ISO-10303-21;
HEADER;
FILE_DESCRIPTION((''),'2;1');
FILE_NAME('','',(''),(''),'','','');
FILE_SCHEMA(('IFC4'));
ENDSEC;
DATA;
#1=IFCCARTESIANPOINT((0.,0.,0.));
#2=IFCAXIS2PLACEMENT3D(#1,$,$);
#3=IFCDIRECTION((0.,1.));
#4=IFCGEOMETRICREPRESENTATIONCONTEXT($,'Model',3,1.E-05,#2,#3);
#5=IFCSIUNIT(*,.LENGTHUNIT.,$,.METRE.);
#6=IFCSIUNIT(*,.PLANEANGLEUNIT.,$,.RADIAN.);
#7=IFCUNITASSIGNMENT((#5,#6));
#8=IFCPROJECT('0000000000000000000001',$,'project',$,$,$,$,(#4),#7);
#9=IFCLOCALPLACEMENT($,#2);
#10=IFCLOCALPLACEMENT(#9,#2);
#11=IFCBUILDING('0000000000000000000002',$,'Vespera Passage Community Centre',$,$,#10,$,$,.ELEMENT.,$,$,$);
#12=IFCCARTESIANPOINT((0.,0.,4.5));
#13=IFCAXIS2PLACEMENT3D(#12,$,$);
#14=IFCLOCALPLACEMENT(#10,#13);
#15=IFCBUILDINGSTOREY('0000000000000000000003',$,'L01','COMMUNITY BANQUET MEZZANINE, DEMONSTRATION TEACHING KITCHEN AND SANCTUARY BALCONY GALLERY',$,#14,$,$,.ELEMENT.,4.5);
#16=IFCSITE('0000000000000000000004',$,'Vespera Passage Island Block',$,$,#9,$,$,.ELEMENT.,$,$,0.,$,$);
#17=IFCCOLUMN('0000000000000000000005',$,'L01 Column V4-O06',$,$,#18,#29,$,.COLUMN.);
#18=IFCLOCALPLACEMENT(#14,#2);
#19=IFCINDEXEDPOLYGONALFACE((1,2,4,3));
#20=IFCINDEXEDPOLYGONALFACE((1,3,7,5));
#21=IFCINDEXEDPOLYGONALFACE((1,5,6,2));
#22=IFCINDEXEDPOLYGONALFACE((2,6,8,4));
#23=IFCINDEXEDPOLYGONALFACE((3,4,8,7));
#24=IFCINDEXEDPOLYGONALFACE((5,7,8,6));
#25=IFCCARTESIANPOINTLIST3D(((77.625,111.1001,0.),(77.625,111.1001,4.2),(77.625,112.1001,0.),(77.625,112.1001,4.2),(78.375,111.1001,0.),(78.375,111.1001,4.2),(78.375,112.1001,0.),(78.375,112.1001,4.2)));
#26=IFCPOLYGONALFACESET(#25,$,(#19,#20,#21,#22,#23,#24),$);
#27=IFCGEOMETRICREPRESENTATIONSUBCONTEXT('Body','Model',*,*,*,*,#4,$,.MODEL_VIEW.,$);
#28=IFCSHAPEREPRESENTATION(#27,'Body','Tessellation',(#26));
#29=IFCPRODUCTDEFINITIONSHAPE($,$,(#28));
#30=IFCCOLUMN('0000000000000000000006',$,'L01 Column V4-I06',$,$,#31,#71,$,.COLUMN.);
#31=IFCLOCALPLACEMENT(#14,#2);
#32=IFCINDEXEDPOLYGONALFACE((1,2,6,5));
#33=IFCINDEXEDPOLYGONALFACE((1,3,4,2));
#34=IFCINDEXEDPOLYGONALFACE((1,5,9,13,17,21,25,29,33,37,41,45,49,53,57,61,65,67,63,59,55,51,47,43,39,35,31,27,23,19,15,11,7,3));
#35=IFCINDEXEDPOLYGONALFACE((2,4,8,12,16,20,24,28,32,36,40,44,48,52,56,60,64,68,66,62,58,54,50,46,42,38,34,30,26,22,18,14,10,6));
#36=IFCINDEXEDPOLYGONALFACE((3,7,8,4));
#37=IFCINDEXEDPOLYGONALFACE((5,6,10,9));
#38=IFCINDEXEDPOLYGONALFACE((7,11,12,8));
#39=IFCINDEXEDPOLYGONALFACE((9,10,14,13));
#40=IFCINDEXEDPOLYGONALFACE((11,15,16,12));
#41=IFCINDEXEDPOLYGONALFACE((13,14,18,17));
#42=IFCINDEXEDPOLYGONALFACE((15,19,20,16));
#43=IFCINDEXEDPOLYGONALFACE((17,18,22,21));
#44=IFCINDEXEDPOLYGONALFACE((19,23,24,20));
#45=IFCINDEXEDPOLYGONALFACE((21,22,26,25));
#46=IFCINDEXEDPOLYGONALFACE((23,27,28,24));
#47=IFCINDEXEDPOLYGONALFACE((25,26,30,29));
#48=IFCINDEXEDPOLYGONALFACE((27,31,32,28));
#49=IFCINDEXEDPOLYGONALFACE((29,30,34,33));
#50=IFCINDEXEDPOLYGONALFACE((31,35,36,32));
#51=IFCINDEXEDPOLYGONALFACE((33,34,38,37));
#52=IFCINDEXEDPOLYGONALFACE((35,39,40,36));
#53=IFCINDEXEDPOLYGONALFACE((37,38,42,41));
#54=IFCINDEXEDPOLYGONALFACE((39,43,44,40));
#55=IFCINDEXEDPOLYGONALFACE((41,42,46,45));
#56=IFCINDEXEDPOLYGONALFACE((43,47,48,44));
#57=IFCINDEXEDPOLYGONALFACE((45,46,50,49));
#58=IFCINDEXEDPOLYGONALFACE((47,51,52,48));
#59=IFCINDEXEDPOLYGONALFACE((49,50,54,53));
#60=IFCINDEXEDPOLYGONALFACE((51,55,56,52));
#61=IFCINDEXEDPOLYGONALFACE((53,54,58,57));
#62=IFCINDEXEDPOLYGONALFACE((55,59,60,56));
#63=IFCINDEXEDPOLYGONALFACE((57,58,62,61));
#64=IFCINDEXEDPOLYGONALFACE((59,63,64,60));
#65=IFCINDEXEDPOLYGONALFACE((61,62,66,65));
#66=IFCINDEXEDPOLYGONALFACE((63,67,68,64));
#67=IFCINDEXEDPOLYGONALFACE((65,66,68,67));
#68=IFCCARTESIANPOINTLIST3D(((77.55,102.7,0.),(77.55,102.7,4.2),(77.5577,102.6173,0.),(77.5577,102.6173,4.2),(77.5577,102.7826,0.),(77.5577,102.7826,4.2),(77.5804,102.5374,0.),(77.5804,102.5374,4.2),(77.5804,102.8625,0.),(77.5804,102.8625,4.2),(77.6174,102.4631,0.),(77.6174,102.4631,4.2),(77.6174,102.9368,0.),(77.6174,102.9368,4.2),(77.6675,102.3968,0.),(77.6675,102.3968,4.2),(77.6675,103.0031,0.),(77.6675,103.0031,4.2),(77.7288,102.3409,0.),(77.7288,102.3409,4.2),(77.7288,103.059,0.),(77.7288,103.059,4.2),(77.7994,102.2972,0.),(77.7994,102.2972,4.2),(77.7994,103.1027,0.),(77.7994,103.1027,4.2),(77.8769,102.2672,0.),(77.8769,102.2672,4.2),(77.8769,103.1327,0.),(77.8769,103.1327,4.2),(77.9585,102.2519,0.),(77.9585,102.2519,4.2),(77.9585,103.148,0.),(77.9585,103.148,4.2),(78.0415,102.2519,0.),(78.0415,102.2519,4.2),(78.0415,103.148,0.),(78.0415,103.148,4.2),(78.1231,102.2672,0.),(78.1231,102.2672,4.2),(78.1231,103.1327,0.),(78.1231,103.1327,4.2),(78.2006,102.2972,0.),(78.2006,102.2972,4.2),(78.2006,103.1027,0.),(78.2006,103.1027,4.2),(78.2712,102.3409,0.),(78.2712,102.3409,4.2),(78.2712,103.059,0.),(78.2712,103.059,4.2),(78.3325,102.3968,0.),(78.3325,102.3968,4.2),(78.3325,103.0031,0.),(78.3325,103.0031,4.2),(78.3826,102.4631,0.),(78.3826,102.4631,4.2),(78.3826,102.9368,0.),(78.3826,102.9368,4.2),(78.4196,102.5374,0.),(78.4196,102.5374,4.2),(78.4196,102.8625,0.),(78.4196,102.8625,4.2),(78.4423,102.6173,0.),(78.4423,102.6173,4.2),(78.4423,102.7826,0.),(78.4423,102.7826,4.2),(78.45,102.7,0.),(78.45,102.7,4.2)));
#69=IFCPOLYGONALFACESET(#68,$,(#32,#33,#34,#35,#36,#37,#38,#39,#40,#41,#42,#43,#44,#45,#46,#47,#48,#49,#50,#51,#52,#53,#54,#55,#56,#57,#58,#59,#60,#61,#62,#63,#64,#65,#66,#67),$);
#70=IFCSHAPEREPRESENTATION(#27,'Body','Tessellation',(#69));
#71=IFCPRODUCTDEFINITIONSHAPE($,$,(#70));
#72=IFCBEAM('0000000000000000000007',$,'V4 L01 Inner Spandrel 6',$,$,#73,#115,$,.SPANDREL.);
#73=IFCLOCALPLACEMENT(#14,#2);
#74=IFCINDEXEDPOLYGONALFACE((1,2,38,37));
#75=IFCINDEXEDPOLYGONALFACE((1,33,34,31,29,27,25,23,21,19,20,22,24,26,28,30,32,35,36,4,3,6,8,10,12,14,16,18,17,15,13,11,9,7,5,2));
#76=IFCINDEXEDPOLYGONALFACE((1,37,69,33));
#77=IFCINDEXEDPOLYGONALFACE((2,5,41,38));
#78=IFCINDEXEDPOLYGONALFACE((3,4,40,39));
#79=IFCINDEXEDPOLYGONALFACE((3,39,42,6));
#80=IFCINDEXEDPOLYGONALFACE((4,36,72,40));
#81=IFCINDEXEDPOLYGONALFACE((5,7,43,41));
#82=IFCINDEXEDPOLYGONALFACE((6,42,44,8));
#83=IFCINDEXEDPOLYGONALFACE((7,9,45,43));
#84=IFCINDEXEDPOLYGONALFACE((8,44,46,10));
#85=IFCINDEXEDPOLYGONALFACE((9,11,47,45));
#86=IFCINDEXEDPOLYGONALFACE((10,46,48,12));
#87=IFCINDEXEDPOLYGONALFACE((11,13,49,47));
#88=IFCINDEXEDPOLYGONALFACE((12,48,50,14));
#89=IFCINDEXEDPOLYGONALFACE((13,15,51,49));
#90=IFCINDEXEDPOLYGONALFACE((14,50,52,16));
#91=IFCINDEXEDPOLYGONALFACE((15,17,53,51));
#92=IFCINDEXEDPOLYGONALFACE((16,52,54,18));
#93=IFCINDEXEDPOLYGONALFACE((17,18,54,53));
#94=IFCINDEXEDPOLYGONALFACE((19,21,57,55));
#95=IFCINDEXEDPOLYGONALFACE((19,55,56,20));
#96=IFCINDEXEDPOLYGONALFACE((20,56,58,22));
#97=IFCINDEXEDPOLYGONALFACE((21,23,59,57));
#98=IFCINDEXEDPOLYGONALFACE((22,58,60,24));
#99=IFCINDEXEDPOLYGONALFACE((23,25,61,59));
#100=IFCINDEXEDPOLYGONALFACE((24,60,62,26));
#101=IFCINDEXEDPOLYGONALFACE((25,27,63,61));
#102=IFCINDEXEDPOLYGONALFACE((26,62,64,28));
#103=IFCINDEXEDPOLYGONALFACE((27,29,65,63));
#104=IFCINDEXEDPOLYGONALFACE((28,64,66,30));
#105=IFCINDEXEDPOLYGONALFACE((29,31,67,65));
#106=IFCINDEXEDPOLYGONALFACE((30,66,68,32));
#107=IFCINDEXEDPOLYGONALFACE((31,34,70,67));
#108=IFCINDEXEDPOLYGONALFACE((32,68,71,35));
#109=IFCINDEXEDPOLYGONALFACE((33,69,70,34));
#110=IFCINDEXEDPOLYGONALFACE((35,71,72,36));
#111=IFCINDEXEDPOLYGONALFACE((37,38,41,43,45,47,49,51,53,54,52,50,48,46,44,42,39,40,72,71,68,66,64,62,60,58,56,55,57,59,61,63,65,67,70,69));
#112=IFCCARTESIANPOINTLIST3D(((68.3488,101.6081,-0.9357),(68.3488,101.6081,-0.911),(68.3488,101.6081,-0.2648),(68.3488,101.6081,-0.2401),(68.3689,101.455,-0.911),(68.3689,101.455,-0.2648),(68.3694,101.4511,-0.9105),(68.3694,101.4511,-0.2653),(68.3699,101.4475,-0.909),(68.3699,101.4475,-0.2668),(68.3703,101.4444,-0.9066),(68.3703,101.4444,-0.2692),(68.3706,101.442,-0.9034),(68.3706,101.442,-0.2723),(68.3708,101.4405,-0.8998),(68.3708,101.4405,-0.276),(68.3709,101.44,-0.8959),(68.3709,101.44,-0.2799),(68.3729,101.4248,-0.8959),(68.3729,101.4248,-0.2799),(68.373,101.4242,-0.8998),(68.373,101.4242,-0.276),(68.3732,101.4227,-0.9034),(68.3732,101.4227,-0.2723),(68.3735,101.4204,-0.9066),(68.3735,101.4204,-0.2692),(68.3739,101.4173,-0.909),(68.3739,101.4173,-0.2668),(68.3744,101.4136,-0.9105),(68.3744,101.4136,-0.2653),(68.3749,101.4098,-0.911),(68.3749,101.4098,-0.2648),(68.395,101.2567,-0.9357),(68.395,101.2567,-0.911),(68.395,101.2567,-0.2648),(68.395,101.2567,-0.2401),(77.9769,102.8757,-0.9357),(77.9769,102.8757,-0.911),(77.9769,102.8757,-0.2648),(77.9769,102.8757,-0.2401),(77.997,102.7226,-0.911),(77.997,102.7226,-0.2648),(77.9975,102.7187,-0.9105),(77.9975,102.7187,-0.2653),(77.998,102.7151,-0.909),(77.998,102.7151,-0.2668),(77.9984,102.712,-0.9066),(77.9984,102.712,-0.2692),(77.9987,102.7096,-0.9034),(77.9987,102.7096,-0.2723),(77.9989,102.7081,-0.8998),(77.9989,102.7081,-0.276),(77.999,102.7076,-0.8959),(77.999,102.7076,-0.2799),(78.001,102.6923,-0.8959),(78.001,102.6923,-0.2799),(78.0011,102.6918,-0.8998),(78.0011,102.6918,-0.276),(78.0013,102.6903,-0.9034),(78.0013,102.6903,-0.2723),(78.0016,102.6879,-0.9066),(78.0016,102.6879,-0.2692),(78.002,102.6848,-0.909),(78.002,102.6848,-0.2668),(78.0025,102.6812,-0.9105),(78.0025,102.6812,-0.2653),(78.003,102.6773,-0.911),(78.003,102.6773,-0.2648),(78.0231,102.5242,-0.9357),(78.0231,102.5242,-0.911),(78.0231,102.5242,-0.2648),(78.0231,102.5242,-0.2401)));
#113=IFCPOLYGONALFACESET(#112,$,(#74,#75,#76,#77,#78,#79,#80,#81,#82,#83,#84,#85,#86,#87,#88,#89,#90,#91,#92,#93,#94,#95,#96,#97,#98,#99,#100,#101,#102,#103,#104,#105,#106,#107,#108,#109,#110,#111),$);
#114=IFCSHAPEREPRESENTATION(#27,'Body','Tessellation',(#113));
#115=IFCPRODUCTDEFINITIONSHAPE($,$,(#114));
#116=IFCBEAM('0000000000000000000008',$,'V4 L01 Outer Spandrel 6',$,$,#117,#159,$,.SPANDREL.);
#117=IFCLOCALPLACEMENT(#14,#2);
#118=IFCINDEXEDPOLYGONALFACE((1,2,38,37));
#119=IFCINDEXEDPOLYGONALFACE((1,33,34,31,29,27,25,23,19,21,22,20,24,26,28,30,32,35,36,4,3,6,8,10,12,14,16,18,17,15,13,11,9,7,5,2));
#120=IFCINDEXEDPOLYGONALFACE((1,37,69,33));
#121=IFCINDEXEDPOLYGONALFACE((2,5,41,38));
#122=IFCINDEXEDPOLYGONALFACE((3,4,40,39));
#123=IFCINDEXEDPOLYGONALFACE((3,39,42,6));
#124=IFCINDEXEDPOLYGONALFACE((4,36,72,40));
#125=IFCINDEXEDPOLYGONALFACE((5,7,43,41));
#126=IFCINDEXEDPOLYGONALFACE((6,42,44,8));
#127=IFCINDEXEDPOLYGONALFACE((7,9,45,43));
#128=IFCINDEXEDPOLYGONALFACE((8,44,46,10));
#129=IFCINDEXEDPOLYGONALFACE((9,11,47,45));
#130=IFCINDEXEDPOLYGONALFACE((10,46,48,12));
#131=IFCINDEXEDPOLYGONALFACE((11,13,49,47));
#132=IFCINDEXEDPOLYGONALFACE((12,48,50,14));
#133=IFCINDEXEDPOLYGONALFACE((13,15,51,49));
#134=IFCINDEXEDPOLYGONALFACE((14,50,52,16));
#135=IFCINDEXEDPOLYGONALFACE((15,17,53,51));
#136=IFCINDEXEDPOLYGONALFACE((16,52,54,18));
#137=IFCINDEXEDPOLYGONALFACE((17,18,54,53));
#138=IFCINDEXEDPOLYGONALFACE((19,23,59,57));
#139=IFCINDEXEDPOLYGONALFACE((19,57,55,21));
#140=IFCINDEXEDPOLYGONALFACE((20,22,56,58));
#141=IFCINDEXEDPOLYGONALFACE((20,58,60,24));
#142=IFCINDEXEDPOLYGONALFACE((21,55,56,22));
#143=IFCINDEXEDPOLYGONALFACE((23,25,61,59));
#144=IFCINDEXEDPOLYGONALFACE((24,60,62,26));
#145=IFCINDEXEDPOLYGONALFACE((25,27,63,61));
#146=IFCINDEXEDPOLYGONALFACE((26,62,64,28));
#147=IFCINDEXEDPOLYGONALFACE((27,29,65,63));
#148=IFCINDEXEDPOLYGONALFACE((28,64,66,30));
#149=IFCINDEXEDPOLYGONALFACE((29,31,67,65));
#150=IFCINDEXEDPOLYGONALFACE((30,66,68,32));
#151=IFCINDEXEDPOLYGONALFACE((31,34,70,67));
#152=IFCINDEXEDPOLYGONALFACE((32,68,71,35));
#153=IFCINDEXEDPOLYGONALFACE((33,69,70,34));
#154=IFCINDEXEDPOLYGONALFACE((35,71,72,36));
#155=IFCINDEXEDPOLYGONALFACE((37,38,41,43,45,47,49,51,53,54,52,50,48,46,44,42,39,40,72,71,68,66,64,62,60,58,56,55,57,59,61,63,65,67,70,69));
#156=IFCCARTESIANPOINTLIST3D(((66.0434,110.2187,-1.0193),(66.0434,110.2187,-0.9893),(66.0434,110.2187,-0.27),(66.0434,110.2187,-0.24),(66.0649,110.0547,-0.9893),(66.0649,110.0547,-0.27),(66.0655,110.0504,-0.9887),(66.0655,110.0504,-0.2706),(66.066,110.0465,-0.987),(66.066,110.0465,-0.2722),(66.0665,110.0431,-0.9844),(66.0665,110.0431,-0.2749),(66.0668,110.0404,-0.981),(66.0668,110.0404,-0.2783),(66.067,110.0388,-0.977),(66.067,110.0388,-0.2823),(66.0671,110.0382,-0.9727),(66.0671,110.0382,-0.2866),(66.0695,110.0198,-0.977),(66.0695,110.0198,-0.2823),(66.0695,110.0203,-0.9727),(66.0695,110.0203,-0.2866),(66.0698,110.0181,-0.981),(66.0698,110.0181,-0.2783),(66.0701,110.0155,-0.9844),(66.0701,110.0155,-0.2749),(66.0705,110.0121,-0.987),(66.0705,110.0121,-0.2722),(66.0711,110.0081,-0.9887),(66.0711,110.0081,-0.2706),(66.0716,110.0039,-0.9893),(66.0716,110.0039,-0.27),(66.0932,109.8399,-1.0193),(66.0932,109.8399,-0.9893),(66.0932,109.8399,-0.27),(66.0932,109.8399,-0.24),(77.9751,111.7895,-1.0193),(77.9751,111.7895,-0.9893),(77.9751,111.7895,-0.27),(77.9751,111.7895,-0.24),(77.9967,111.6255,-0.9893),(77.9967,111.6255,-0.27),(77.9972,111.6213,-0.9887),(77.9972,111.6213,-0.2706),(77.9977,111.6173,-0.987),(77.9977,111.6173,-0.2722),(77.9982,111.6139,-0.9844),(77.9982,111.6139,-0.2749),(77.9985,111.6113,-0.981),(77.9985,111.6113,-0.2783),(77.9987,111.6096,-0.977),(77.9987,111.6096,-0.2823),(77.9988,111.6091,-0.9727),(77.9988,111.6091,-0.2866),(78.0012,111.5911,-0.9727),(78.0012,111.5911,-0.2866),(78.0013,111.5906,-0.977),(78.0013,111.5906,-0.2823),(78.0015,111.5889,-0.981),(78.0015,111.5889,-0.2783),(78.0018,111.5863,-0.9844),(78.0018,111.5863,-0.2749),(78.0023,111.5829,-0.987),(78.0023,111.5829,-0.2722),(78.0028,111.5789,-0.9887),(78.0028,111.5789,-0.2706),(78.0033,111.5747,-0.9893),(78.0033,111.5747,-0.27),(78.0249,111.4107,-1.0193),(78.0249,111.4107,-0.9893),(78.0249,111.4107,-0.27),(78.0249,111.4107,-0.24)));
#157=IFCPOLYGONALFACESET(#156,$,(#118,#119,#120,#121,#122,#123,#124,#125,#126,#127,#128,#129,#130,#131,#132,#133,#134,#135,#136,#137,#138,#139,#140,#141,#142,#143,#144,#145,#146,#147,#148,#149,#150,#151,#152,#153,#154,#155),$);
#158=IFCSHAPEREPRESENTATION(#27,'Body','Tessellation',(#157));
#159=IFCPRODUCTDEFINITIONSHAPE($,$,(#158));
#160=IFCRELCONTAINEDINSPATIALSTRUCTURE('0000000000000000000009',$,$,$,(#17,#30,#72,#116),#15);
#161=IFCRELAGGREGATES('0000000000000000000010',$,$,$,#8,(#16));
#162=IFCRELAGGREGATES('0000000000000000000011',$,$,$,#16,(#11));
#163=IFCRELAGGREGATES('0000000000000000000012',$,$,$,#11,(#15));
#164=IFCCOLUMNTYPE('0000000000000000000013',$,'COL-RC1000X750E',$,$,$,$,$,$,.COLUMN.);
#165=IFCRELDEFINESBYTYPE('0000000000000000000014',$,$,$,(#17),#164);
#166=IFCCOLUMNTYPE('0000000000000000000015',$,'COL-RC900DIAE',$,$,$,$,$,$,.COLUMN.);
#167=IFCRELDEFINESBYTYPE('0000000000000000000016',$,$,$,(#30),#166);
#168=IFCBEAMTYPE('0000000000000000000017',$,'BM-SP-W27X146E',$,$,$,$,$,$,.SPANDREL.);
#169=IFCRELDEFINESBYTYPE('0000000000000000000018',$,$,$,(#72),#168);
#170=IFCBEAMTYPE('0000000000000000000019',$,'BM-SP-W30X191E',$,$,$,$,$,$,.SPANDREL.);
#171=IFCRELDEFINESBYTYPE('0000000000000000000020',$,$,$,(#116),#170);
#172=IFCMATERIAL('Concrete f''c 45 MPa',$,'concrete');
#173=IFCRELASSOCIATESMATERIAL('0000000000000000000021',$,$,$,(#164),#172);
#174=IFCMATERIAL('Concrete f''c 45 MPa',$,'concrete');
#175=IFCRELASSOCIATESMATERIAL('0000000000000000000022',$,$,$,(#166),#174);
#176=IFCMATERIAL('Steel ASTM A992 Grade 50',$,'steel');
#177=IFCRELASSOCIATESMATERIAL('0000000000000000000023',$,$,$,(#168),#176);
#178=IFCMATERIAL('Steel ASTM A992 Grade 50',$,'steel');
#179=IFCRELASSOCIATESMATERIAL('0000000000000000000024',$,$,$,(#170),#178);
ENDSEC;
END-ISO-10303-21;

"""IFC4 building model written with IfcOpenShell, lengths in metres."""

from ifc_helpers import new_model, si_unit, direction, frame, origin, origin_2d, place, context, subcontext, project, spatial, rectangle, circle, i_section, extrude, material, material_profile, profile_set, type_object, element, save


model = new_model("IFC4")

# Units and contexts
model_context = context("Model", 3, precision=1e-05, world=origin(), true_north=direction((0.0, 1.0)))
body_context = subcontext(model_context, "Body", "Model", "MODEL_VIEW")
ifc_project = project(units=[si_unit("LENGTHUNIT", "METRE"), si_unit("PLANEANGLEUNIT", "RADIAN")], contexts=[model_context])

# Site, building, storey
site_placement = place(None, origin())
site = spatial("IfcSite", under=ifc_project, at=site_placement, Name="Vespera Passage Island Block", CompositionType="ELEMENT", RefElevation=0.0)
building_placement = place(site_placement, origin())
building = spatial("IfcBuilding", under=site, at=building_placement, Name="Vespera Passage Community Centre", CompositionType="ELEMENT")
storey_placement = place(building_placement, frame((0.0, 0.0, 4.5)))
storey = spatial("IfcBuildingStorey", under=building, at=storey_placement, Name="L01", Description="COMMUNITY BANQUET MEZZANINE, DEMONSTRATION TEACHING KITCHEN AND SANCTUARY BALCONY GALLERY", CompositionType="ELEMENT", Elevation=4.5)

# Columns
ifc_material_1 = material(Name="Concrete f'c 45 MPa", Category="concrete")
ifc_material_profile_1 = material_profile(ifc_material_1, rectangle(XDim=0.75, YDim=1.0, at=origin_2d()), Name="RC1000X750")
ifc_profile_set_1 = profile_set([ifc_material_profile_1], Name="Concrete f'c 45 MPa")
column_type_1 = type_object("IfcColumnType", Name="COL-RC1000X750E", PredefinedType="COLUMN", material=ifc_profile_set_1)
column_1_placement = place(storey_placement, frame((78.0, 111.6001, 0.0), z_axis=(0.0, 0.0, 1.0), x_axis=(1.0, 0.0, 0.0)))
element("IfcColumn", 1, at=column_1_placement, inside=storey, type_object=column_type_1, Name="L01 Column V4-O06", PredefinedType="COLUMN", context=body_context, shape_type="SweptSolid", body=[
    extrude(rectangle(XDim=0.75, YDim=1.0, at=origin_2d()), origin(), (0.0, 0.0, 1.0), 4.2),
])
ifc_material_2 = material(Name="Concrete f'c 45 MPa", Category="concrete")
ifc_material_profile_2 = material_profile(ifc_material_2, circle(Radius=0.45, at=origin_2d()), Name="RC900DIA")
ifc_profile_set_2 = profile_set([ifc_material_profile_2], Name="Concrete f'c 45 MPa")
column_type_2 = type_object("IfcColumnType", Name="COL-RC900DIAE", PredefinedType="COLUMN", material=ifc_profile_set_2)
column_2_placement = place(storey_placement, frame((78.0, 102.7, 0.0), z_axis=(0.0, 0.0, 1.0), x_axis=(1.0, 0.0, 0.0)))
element("IfcColumn", 2, at=column_2_placement, inside=storey, type_object=column_type_2, Name="L01 Column V4-I06", PredefinedType="COLUMN", context=body_context, shape_type="SweptSolid", body=[
    extrude(circle(Radius=0.45, at=origin_2d()), origin(), (0.0, 0.0, 1.0), 4.2),
])

# Beams
ifc_material_3 = material(Name="Steel ASTM A992 Grade 50", Category="steel")
ifc_material_profile_3 = material_profile(ifc_material_3, i_section(OverallWidth=0.3545, OverallDepth=0.6956, WebThickness=0.0154, FlangeThickness=0.0247, FilletRadius=0.0151, at=origin_2d()), Name="W27X146")
ifc_profile_set_3 = profile_set([ifc_material_profile_3], Name="Steel ASTM A992 Grade 50")
beam_type_1 = type_object("IfcBeamType", Name="BM-SP-W27X146E", PredefinedType="SPANDREL", material=ifc_profile_set_3)
beam_1_placement = place(storey_placement, frame((78.0, 102.7, -0.5879), z_axis=(-0.991445, -0.130527, 0.0), x_axis=(0.130527, -0.991445, 0.0)))
element("IfcBeam", 3, at=beam_1_placement, inside=storey, type_object=beam_type_1, Name="V4 L01 Inner Spandrel 6", PredefinedType="SPANDREL", context=body_context, shape_type="SweptSolid", body=[
    extrude(i_section(OverallWidth=0.3545, OverallDepth=0.6956, WebThickness=0.0154, FlangeThickness=0.0247, FilletRadius=0.0151, at=origin_2d()), origin(), (0.0, 0.0, 1.0), 9.7112),
])
ifc_material_4 = material(Name="Steel ASTM A992 Grade 50", Category="steel")
ifc_material_profile_4 = material_profile(ifc_material_4, i_section(OverallWidth=0.3821, OverallDepth=0.7793, WebThickness=0.0181, FlangeThickness=0.03, FilletRadius=0.0166, at=origin_2d()), Name="W30X191")
ifc_profile_set_4 = profile_set([ifc_material_profile_4], Name="Steel ASTM A992 Grade 50")
beam_type_2 = type_object("IfcBeamType", Name="BM-SP-W30X191E", PredefinedType="SPANDREL", material=ifc_profile_set_4)
beam_2_placement = place(storey_placement, frame((78.0, 111.6001, -0.6296), z_axis=(-0.991445, -0.130524, 0.0), x_axis=(0.130524, -0.991445, 0.0)))
element("IfcBeam", 4, at=beam_2_placement, inside=storey, type_object=beam_type_2, Name="V4 L01 Outer Spandrel 6", PredefinedType="SPANDREL", context=body_context, shape_type="SweptSolid", body=[
    extrude(i_section(OverallWidth=0.3821, OverallDepth=0.7793, WebThickness=0.0181, FlangeThickness=0.03, FilletRadius=0.0166, at=origin_2d()), origin(), (0.0, 0.0, 1.0), 12.0347),
])

save(model, "model.ifc")
